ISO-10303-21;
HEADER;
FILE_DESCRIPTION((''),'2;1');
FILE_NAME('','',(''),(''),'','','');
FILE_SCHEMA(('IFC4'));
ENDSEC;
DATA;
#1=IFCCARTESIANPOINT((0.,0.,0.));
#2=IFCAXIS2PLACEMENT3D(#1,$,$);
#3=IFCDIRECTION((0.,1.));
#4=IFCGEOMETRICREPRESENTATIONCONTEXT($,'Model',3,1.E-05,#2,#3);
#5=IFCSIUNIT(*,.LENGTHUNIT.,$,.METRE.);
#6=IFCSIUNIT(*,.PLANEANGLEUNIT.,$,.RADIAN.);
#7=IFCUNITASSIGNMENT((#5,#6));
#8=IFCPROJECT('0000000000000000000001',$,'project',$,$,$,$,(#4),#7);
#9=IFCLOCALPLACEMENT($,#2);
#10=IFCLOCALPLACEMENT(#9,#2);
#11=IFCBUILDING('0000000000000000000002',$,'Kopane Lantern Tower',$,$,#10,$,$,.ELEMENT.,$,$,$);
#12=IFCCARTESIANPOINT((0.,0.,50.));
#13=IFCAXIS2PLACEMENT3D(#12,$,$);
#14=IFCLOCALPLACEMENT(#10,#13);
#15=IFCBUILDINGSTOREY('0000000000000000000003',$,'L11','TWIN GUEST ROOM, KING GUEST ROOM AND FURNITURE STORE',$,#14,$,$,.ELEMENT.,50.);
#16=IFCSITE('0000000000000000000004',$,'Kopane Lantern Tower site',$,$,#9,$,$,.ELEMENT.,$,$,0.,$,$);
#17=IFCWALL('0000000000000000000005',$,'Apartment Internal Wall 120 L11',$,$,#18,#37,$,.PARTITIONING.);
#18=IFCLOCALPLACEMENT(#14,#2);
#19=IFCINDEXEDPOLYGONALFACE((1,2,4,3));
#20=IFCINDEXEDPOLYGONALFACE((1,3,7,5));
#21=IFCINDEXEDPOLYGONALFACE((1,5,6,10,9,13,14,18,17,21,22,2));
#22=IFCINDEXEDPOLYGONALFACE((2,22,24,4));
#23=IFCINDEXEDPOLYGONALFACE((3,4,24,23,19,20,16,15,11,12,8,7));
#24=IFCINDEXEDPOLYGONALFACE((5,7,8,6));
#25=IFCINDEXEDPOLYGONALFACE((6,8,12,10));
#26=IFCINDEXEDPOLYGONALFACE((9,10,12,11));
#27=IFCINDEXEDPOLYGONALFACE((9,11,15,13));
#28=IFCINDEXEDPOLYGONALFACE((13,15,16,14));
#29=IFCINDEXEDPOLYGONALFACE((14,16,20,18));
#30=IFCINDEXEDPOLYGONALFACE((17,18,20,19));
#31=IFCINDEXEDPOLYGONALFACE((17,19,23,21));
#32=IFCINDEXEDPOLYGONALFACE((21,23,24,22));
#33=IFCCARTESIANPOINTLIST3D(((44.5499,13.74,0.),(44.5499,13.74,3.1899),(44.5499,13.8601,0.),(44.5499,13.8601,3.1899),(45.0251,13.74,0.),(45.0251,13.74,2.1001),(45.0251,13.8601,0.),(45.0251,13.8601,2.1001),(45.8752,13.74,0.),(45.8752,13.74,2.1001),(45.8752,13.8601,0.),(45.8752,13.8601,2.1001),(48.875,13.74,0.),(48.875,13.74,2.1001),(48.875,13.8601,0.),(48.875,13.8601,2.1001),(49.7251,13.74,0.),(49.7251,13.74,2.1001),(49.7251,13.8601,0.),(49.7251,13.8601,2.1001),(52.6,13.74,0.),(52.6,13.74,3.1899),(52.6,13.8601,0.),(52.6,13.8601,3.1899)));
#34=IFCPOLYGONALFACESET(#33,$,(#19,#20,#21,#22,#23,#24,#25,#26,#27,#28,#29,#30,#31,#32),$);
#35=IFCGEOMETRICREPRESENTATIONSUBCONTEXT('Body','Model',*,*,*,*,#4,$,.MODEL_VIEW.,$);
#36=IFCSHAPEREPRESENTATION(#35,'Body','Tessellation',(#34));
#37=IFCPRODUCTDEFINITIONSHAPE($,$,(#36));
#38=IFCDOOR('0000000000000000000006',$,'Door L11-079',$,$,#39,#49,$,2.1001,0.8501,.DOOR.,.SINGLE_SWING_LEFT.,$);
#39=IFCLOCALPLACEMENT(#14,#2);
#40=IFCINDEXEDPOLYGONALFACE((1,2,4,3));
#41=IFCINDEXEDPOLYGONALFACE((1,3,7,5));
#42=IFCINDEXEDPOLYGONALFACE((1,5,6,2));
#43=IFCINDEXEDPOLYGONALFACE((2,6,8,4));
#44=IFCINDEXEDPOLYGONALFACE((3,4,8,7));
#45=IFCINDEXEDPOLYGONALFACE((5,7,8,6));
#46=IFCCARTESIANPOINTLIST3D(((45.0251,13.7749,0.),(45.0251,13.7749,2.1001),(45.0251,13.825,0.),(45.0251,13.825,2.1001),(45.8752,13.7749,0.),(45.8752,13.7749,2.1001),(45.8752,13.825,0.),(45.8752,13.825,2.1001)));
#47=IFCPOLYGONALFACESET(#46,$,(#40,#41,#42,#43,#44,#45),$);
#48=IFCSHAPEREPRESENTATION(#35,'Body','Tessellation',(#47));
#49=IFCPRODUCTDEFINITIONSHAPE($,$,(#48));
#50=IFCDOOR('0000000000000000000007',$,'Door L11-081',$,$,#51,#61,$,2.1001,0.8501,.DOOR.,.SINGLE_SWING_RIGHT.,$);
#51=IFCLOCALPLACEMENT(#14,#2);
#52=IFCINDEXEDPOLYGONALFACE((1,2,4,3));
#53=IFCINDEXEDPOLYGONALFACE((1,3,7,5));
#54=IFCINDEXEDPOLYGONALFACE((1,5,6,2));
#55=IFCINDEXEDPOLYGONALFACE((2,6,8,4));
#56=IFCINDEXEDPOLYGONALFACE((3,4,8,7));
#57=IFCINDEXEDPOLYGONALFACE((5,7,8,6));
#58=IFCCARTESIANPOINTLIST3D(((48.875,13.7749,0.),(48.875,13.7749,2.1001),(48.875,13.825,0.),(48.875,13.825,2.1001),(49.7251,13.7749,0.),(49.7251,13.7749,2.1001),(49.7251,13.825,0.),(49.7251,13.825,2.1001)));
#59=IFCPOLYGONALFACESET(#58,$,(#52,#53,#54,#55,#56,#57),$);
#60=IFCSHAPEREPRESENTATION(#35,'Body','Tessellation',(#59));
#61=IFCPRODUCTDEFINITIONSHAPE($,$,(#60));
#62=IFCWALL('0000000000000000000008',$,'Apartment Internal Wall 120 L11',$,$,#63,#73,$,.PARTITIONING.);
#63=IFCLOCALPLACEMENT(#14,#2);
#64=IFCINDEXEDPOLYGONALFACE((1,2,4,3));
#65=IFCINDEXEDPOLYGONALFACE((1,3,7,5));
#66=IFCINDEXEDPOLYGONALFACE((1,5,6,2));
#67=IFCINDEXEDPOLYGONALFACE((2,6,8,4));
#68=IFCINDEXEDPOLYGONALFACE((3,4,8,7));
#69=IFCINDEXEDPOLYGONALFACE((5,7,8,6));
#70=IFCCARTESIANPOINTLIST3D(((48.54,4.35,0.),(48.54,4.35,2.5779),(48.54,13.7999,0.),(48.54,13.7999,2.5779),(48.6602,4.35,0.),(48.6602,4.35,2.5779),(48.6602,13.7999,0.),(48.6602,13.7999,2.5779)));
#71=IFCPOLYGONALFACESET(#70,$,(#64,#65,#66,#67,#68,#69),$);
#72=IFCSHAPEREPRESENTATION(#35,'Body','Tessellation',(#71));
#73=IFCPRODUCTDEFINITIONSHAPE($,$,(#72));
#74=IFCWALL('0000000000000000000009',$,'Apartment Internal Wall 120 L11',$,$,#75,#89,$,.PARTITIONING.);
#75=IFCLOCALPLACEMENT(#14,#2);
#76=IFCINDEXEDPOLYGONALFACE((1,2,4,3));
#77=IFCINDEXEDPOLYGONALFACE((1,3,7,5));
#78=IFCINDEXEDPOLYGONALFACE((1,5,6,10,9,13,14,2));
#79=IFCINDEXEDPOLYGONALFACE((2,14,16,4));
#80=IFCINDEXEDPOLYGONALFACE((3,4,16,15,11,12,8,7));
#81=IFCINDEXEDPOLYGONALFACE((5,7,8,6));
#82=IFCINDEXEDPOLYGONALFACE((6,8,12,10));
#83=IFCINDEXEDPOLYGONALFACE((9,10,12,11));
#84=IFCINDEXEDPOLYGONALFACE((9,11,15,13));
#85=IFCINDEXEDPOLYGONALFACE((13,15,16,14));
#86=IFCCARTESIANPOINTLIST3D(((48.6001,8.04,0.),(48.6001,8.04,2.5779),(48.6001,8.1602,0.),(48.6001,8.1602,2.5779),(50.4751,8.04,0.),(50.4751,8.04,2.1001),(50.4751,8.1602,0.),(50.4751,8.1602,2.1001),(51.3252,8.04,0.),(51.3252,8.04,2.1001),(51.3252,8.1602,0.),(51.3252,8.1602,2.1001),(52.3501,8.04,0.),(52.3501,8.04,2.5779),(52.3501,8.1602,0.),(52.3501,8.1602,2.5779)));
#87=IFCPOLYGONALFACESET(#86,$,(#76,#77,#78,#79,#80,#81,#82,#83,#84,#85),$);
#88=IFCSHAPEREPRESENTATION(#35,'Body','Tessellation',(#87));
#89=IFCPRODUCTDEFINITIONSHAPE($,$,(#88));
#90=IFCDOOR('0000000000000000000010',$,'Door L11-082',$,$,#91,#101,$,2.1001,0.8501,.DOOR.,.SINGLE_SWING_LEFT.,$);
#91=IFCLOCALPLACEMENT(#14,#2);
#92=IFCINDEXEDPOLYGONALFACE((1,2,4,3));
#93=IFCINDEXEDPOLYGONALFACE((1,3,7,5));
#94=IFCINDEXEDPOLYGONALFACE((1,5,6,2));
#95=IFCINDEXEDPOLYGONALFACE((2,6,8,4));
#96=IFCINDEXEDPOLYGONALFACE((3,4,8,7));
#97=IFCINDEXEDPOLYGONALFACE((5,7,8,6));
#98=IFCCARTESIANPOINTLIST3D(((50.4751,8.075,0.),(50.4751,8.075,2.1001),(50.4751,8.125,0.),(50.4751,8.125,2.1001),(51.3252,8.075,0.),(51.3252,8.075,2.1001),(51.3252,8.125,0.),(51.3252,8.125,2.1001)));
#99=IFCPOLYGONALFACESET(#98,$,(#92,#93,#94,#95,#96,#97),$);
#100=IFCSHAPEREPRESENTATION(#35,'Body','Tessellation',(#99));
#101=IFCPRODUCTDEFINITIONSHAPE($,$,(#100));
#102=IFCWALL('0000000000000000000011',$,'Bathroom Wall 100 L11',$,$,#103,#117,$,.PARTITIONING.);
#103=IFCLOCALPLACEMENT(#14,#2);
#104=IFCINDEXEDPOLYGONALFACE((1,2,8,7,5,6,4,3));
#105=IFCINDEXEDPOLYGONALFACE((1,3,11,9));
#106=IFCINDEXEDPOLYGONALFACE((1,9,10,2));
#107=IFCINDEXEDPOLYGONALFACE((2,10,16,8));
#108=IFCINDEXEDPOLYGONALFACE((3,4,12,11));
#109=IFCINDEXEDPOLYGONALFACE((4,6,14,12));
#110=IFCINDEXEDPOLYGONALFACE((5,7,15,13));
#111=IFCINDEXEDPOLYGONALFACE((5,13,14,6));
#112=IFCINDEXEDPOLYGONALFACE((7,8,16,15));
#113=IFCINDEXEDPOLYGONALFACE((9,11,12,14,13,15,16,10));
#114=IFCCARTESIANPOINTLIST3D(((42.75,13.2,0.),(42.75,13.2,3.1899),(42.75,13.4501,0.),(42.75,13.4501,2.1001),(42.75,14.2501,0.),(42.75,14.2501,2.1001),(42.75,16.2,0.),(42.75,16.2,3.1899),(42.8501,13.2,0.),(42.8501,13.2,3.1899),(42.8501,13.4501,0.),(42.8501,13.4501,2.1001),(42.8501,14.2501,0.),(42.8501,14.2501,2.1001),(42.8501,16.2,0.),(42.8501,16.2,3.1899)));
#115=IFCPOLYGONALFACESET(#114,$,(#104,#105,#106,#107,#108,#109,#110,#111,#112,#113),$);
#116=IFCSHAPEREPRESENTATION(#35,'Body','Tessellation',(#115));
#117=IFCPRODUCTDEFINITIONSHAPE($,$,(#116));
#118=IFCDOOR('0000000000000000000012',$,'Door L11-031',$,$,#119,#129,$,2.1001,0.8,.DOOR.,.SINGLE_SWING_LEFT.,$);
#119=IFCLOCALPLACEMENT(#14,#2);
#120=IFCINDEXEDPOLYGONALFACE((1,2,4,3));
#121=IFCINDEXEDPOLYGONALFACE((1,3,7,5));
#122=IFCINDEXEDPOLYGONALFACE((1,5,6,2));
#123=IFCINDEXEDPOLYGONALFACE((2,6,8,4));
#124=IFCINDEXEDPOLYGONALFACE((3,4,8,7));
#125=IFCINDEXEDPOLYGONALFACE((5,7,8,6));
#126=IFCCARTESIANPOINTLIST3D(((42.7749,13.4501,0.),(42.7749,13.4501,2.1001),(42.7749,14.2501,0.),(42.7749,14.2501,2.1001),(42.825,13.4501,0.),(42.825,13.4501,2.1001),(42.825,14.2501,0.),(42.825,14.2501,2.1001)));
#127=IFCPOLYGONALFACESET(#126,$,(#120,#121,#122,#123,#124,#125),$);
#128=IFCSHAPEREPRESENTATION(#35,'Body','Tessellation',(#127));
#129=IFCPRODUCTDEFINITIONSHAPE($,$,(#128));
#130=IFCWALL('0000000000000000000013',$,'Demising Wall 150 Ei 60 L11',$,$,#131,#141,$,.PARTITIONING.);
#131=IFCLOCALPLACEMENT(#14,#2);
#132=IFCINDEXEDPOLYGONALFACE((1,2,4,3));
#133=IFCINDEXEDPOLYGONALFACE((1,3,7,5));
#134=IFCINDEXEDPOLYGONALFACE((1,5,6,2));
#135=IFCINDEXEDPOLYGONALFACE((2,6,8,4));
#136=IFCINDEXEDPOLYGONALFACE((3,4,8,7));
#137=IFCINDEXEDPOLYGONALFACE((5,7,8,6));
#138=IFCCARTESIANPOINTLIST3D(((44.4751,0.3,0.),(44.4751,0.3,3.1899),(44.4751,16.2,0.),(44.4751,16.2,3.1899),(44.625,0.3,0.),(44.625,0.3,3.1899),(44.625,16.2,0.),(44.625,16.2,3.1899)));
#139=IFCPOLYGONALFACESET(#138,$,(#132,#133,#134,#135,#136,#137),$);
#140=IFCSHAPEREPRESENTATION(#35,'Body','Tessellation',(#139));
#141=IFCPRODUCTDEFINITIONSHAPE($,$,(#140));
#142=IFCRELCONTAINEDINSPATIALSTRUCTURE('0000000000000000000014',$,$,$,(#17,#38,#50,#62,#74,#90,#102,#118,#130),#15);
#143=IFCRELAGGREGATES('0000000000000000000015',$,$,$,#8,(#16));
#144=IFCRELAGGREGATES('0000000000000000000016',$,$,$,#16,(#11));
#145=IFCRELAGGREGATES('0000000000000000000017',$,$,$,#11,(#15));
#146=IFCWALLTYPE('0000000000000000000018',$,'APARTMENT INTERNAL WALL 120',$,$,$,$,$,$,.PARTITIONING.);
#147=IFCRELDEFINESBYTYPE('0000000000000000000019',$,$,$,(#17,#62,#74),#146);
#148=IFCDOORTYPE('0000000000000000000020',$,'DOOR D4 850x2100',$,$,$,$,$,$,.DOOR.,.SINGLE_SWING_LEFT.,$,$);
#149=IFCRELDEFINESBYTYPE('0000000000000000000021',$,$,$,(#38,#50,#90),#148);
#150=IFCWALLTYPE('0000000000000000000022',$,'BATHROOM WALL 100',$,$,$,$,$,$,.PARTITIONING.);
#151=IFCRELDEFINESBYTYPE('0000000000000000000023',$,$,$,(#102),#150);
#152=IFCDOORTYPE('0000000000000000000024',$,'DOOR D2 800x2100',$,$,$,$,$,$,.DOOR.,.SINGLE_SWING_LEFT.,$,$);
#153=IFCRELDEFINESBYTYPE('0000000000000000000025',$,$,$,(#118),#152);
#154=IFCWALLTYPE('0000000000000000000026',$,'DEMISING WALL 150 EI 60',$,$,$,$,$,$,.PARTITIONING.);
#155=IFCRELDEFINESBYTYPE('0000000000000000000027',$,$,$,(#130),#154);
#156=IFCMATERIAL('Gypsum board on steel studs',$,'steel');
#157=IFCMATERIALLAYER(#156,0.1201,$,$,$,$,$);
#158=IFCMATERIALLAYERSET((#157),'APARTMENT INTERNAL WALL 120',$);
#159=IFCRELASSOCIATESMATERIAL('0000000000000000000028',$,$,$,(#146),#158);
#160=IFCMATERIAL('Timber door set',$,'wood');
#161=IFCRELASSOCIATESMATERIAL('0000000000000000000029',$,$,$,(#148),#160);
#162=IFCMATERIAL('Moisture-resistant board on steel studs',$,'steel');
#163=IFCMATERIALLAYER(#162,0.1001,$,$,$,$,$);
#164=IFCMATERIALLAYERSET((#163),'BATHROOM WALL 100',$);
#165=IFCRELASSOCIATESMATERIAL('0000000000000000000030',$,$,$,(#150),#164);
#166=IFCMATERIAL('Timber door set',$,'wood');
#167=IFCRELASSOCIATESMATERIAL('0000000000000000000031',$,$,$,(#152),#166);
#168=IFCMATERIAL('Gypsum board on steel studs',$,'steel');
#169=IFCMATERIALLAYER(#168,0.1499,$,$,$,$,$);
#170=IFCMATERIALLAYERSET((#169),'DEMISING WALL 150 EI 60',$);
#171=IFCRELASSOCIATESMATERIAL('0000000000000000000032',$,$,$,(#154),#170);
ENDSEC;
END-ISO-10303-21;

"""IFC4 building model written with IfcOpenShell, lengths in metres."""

from ifc_helpers import new_model, si_unit, direction, frame, frame_2d, origin, place, context, subcontext, project, spatial, rectangle, extrude, material, layer, layer_set, type_object, element, fill, save


model = new_model("IFC4")

# Units and contexts
model_context = context("Model", 3, precision=1e-05, world=origin(), true_north=direction((0.0, 1.0)))
body_context = subcontext(model_context, "Body", "Model", "MODEL_VIEW")
ifc_project = project(units=[si_unit("LENGTHUNIT", "METRE"), si_unit("PLANEANGLEUNIT", "RADIAN")], contexts=[model_context])

# Site, building, storey
site_placement = place(None, origin())
site = spatial("IfcSite", under=ifc_project, at=site_placement, Name="Kopane Lantern Tower site", CompositionType="ELEMENT", RefElevation=0.0)
building_placement = place(site_placement, origin())
building = spatial("IfcBuilding", under=site, at=building_placement, Name="Kopane Lantern Tower", CompositionType="ELEMENT")
storey_placement = place(building_placement, frame((0.0, 0.0, 50.0)))
storey = spatial("IfcBuildingStorey", under=building, at=storey_placement, Name="L11", Description="TWIN GUEST ROOM, KING GUEST ROOM AND FURNITURE STORE", CompositionType="ELEMENT", Elevation=50.0)

# Wall, openings, doors
ifc_material_1 = material(Name="Gypsum board on steel studs", Category="steel")
ifc_layer_1 = layer(ifc_material_1, 0.1201)
ifc_layer_set_1 = layer_set([ifc_layer_1], Name="APARTMENT INTERNAL WALL 120")
wall_type_1 = type_object("IfcWallType", Name="APARTMENT INTERNAL WALL 120", PredefinedType="PARTITIONING", material=ifc_layer_set_1)
wall_1_placement = place(storey_placement, frame((44.55, 13.8, 0.0), z_axis=(0.0, 0.0, 1.0), x_axis=(1.0, 0.0, 0.0)))
wall_1 = element("IfcWall", 1, at=wall_1_placement, inside=storey, type_object=wall_type_1, Name="Apartment Internal Wall 120 L11", PredefinedType="PARTITIONING", context=body_context, shape_type="SweptSolid", body=[
    extrude(rectangle(XDim=8.05, YDim=0.1201, at=frame_2d((4.0249, 0.0))), origin(), (0.0, 0.0, 1.0), 3.1899),
])
opening_1_placement = place(wall_1_placement, frame((0.4751, 0.0, 0.0)))
opening_1 = element("IfcOpeningElement", 2, at=opening_1_placement, cuts=wall_1, PredefinedType="OPENING", context=body_context, shape_type="SweptSolid", body=[
    extrude(rectangle(XDim=0.8501, YDim=2.1001, at=frame_2d((0.425, 1.05))), frame((0.0, 0.0701, 0.0), z_axis=(0.0, -1.0, 0.0), x_axis=(1.0, 0.0, 0.0)), (0.0, 0.0, 1.0), 0.1401),
])
opening_2_placement = place(wall_1_placement, frame((4.325, 0.0, 0.0)))
opening_2 = element("IfcOpeningElement", 3, at=opening_2_placement, cuts=wall_1, PredefinedType="OPENING", context=body_context, shape_type="SweptSolid", body=[
    extrude(rectangle(XDim=0.8501, YDim=2.1001, at=frame_2d((0.425, 1.05))), frame((0.0, 0.0701, 0.0), z_axis=(0.0, -1.0, 0.0), x_axis=(1.0, 0.0, 0.0)), (0.0, 0.0, 1.0), 0.1401),
])
ifc_material_2 = material(Name="Timber door set", Category="wood")
door_type_1 = type_object("IfcDoorType", Name="DOOR D4 850x2100", OperationType="SINGLE_SWING_LEFT", PredefinedType="DOOR", material=ifc_material_2)
door_1_placement = place(opening_1_placement, origin())
door_1 = element("IfcDoor", 4, at=door_1_placement, inside=storey, type_object=door_type_1, Name="Door L11-079", OperationType="SINGLE_SWING_LEFT", OverallHeight=2.1001, OverallWidth=0.8501, PredefinedType="DOOR", context=body_context, shape_type="SweptSolid", body=[
    extrude(rectangle(XDim=0.8501, YDim=2.1001, at=frame_2d((0.425, 1.05))), frame((0.0, 0.0249, 0.0), z_axis=(0.0, -1.0, 0.0), x_axis=(1.0, 0.0, 0.0)), (0.0, 0.0, 1.0), 0.05),
])
fill(opening_1, door_1)
door_2_placement = place(opening_2_placement, origin())
door_2 = element("IfcDoor", 5, at=door_2_placement, inside=storey, type_object=door_type_1, Name="Door L11-081", OperationType="SINGLE_SWING_RIGHT", OverallHeight=2.1001, OverallWidth=0.8501, PredefinedType="DOOR", context=body_context, shape_type="SweptSolid", body=[
    extrude(rectangle(XDim=0.8501, YDim=2.1001, at=frame_2d((0.425, 1.05))), frame((0.0, 0.0249, 0.0), z_axis=(0.0, -1.0, 0.0), x_axis=(1.0, 0.0, 0.0)), (0.0, 0.0, 1.0), 0.05),
])
fill(opening_2, door_2)

# Wall
wall_2_placement = place(storey_placement, frame((48.6001, 13.8, 0.0), z_axis=(0.0, 0.0, 1.0), x_axis=(0.0, -1.0, 0.0)))
element("IfcWall", 6, at=wall_2_placement, inside=storey, type_object=wall_type_1, Name="Apartment Internal Wall 120 L11", PredefinedType="PARTITIONING", context=body_context, shape_type="SweptSolid", body=[
    extrude(rectangle(XDim=9.45, YDim=0.1201, at=frame_2d((4.7251, 0.0))), origin(), (0.0, 0.0, 1.0), 2.5779),
])

# Walls, openings, doors
wall_3_placement = place(storey_placement, frame((48.6001, 8.1001, 0.0), z_axis=(0.0, 0.0, 1.0), x_axis=(1.0, 0.0, 0.0)))
wall_3 = element("IfcWall", 7, at=wall_3_placement, inside=storey, type_object=wall_type_1, Name="Apartment Internal Wall 120 L11", PredefinedType="PARTITIONING", context=body_context, shape_type="SweptSolid", body=[
    extrude(rectangle(XDim=3.75, YDim=0.1201, at=frame_2d((1.875, 0.0))), origin(), (0.0, 0.0, 1.0), 2.5779),
])
opening_3_placement = place(wall_3_placement, frame((1.875, 0.0, 0.0)))
opening_3 = element("IfcOpeningElement", 8, at=opening_3_placement, cuts=wall_3, PredefinedType="OPENING", context=body_context, shape_type="SweptSolid", body=[
    extrude(rectangle(XDim=0.8501, YDim=2.1001, at=frame_2d((0.425, 1.05))), frame((0.0, 0.0701, 0.0), z_axis=(0.0, -1.0, 0.0), x_axis=(1.0, 0.0, 0.0)), (0.0, 0.0, 1.0), 0.1401),
])
door_3_placement = place(opening_3_placement, origin())
door_3 = element("IfcDoor", 9, at=door_3_placement, inside=storey, type_object=door_type_1, Name="Door L11-082", OperationType="SINGLE_SWING_LEFT", OverallHeight=2.1001, OverallWidth=0.8501, PredefinedType="DOOR", context=body_context, shape_type="SweptSolid", body=[
    extrude(rectangle(XDim=0.8501, YDim=2.1001, at=frame_2d((0.425, 1.05))), frame((0.0, 0.0249, 0.0), z_axis=(0.0, -1.0, 0.0), x_axis=(1.0, 0.0, 0.0)), (0.0, 0.0, 1.0), 0.05),
])
fill(opening_3, door_3)
ifc_material_3 = material(Name="Moisture-resistant board on steel studs", Category="steel")
ifc_layer_2 = layer(ifc_material_3, 0.1001)
ifc_layer_set_2 = layer_set([ifc_layer_2], Name="BATHROOM WALL 100")
wall_type_2 = type_object("IfcWallType", Name="BATHROOM WALL 100", PredefinedType="PARTITIONING", material=ifc_layer_set_2)
wall_4_placement = place(storey_placement, frame((42.8, 16.2, 0.0), z_axis=(0.0, 0.0, 1.0), x_axis=(0.0, -1.0, 0.0)))
wall_4 = element("IfcWall", 10, at=wall_4_placement, inside=storey, type_object=wall_type_2, Name="Bathroom Wall 100 L11", PredefinedType="PARTITIONING", context=body_context, shape_type="SweptSolid", body=[
    extrude(rectangle(XDim=3.0, YDim=0.1001, at=frame_2d((1.5, 0.0))), origin(), (0.0, 0.0, 1.0), 3.1899),
])
opening_4_placement = place(wall_4_placement, frame((1.95, 0.0, 0.0)))
opening_4 = element("IfcOpeningElement", 11, at=opening_4_placement, cuts=wall_4, PredefinedType="OPENING", context=body_context, shape_type="SweptSolid", body=[
    extrude(rectangle(XDim=0.8, YDim=2.1001, at=frame_2d((0.3999, 1.05))), frame((0.0, 0.0601, 0.0), z_axis=(0.0, -1.0, 0.0), x_axis=(1.0, 0.0, 0.0)), (0.0, 0.0, 1.0), 0.1201),
])
ifc_material_4 = material(Name="Timber door set", Category="wood")
door_type_2 = type_object("IfcDoorType", Name="DOOR D2 800x2100", OperationType="SINGLE_SWING_LEFT", PredefinedType="DOOR", material=ifc_material_4)
door_4_placement = place(opening_4_placement, origin())
door_4 = element("IfcDoor", 12, at=door_4_placement, inside=storey, type_object=door_type_2, Name="Door L11-031", OperationType="SINGLE_SWING_LEFT", OverallHeight=2.1001, OverallWidth=0.8, PredefinedType="DOOR", context=body_context, shape_type="SweptSolid", body=[
    extrude(rectangle(XDim=0.8, YDim=2.1001, at=frame_2d((0.3999, 1.05))), frame((0.0, 0.0249, 0.0), z_axis=(0.0, -1.0, 0.0), x_axis=(1.0, 0.0, 0.0)), (0.0, 0.0, 1.0), 0.05),
])
fill(opening_4, door_4)

# Wall
ifc_material_5 = material(Name="Gypsum board on steel studs", Category="steel")
ifc_layer_3 = layer(ifc_material_5, 0.1499)
ifc_layer_set_3 = layer_set([ifc_layer_3], Name="DEMISING WALL 150 EI 60")
wall_type_3 = type_object("IfcWallType", Name="DEMISING WALL 150 EI 60", PredefinedType="PARTITIONING", material=ifc_layer_set_3)
wall_5_placement = place(storey_placement, frame((44.55, 16.2, 0.0), z_axis=(0.0, 0.0, 1.0), x_axis=(0.0, -1.0, 0.0)))
element("IfcWall", 13, at=wall_5_placement, inside=storey, type_object=wall_type_3, Name="Demising Wall 150 Ei 60 L11", PredefinedType="PARTITIONING", context=body_context, shape_type="SweptSolid", body=[
    extrude(rectangle(XDim=15.8999, YDim=0.1499, at=frame_2d((7.95, 0.0))), origin(), (0.0, 0.0, 1.0), 3.1899),
])

save(model, "model.ifc")
